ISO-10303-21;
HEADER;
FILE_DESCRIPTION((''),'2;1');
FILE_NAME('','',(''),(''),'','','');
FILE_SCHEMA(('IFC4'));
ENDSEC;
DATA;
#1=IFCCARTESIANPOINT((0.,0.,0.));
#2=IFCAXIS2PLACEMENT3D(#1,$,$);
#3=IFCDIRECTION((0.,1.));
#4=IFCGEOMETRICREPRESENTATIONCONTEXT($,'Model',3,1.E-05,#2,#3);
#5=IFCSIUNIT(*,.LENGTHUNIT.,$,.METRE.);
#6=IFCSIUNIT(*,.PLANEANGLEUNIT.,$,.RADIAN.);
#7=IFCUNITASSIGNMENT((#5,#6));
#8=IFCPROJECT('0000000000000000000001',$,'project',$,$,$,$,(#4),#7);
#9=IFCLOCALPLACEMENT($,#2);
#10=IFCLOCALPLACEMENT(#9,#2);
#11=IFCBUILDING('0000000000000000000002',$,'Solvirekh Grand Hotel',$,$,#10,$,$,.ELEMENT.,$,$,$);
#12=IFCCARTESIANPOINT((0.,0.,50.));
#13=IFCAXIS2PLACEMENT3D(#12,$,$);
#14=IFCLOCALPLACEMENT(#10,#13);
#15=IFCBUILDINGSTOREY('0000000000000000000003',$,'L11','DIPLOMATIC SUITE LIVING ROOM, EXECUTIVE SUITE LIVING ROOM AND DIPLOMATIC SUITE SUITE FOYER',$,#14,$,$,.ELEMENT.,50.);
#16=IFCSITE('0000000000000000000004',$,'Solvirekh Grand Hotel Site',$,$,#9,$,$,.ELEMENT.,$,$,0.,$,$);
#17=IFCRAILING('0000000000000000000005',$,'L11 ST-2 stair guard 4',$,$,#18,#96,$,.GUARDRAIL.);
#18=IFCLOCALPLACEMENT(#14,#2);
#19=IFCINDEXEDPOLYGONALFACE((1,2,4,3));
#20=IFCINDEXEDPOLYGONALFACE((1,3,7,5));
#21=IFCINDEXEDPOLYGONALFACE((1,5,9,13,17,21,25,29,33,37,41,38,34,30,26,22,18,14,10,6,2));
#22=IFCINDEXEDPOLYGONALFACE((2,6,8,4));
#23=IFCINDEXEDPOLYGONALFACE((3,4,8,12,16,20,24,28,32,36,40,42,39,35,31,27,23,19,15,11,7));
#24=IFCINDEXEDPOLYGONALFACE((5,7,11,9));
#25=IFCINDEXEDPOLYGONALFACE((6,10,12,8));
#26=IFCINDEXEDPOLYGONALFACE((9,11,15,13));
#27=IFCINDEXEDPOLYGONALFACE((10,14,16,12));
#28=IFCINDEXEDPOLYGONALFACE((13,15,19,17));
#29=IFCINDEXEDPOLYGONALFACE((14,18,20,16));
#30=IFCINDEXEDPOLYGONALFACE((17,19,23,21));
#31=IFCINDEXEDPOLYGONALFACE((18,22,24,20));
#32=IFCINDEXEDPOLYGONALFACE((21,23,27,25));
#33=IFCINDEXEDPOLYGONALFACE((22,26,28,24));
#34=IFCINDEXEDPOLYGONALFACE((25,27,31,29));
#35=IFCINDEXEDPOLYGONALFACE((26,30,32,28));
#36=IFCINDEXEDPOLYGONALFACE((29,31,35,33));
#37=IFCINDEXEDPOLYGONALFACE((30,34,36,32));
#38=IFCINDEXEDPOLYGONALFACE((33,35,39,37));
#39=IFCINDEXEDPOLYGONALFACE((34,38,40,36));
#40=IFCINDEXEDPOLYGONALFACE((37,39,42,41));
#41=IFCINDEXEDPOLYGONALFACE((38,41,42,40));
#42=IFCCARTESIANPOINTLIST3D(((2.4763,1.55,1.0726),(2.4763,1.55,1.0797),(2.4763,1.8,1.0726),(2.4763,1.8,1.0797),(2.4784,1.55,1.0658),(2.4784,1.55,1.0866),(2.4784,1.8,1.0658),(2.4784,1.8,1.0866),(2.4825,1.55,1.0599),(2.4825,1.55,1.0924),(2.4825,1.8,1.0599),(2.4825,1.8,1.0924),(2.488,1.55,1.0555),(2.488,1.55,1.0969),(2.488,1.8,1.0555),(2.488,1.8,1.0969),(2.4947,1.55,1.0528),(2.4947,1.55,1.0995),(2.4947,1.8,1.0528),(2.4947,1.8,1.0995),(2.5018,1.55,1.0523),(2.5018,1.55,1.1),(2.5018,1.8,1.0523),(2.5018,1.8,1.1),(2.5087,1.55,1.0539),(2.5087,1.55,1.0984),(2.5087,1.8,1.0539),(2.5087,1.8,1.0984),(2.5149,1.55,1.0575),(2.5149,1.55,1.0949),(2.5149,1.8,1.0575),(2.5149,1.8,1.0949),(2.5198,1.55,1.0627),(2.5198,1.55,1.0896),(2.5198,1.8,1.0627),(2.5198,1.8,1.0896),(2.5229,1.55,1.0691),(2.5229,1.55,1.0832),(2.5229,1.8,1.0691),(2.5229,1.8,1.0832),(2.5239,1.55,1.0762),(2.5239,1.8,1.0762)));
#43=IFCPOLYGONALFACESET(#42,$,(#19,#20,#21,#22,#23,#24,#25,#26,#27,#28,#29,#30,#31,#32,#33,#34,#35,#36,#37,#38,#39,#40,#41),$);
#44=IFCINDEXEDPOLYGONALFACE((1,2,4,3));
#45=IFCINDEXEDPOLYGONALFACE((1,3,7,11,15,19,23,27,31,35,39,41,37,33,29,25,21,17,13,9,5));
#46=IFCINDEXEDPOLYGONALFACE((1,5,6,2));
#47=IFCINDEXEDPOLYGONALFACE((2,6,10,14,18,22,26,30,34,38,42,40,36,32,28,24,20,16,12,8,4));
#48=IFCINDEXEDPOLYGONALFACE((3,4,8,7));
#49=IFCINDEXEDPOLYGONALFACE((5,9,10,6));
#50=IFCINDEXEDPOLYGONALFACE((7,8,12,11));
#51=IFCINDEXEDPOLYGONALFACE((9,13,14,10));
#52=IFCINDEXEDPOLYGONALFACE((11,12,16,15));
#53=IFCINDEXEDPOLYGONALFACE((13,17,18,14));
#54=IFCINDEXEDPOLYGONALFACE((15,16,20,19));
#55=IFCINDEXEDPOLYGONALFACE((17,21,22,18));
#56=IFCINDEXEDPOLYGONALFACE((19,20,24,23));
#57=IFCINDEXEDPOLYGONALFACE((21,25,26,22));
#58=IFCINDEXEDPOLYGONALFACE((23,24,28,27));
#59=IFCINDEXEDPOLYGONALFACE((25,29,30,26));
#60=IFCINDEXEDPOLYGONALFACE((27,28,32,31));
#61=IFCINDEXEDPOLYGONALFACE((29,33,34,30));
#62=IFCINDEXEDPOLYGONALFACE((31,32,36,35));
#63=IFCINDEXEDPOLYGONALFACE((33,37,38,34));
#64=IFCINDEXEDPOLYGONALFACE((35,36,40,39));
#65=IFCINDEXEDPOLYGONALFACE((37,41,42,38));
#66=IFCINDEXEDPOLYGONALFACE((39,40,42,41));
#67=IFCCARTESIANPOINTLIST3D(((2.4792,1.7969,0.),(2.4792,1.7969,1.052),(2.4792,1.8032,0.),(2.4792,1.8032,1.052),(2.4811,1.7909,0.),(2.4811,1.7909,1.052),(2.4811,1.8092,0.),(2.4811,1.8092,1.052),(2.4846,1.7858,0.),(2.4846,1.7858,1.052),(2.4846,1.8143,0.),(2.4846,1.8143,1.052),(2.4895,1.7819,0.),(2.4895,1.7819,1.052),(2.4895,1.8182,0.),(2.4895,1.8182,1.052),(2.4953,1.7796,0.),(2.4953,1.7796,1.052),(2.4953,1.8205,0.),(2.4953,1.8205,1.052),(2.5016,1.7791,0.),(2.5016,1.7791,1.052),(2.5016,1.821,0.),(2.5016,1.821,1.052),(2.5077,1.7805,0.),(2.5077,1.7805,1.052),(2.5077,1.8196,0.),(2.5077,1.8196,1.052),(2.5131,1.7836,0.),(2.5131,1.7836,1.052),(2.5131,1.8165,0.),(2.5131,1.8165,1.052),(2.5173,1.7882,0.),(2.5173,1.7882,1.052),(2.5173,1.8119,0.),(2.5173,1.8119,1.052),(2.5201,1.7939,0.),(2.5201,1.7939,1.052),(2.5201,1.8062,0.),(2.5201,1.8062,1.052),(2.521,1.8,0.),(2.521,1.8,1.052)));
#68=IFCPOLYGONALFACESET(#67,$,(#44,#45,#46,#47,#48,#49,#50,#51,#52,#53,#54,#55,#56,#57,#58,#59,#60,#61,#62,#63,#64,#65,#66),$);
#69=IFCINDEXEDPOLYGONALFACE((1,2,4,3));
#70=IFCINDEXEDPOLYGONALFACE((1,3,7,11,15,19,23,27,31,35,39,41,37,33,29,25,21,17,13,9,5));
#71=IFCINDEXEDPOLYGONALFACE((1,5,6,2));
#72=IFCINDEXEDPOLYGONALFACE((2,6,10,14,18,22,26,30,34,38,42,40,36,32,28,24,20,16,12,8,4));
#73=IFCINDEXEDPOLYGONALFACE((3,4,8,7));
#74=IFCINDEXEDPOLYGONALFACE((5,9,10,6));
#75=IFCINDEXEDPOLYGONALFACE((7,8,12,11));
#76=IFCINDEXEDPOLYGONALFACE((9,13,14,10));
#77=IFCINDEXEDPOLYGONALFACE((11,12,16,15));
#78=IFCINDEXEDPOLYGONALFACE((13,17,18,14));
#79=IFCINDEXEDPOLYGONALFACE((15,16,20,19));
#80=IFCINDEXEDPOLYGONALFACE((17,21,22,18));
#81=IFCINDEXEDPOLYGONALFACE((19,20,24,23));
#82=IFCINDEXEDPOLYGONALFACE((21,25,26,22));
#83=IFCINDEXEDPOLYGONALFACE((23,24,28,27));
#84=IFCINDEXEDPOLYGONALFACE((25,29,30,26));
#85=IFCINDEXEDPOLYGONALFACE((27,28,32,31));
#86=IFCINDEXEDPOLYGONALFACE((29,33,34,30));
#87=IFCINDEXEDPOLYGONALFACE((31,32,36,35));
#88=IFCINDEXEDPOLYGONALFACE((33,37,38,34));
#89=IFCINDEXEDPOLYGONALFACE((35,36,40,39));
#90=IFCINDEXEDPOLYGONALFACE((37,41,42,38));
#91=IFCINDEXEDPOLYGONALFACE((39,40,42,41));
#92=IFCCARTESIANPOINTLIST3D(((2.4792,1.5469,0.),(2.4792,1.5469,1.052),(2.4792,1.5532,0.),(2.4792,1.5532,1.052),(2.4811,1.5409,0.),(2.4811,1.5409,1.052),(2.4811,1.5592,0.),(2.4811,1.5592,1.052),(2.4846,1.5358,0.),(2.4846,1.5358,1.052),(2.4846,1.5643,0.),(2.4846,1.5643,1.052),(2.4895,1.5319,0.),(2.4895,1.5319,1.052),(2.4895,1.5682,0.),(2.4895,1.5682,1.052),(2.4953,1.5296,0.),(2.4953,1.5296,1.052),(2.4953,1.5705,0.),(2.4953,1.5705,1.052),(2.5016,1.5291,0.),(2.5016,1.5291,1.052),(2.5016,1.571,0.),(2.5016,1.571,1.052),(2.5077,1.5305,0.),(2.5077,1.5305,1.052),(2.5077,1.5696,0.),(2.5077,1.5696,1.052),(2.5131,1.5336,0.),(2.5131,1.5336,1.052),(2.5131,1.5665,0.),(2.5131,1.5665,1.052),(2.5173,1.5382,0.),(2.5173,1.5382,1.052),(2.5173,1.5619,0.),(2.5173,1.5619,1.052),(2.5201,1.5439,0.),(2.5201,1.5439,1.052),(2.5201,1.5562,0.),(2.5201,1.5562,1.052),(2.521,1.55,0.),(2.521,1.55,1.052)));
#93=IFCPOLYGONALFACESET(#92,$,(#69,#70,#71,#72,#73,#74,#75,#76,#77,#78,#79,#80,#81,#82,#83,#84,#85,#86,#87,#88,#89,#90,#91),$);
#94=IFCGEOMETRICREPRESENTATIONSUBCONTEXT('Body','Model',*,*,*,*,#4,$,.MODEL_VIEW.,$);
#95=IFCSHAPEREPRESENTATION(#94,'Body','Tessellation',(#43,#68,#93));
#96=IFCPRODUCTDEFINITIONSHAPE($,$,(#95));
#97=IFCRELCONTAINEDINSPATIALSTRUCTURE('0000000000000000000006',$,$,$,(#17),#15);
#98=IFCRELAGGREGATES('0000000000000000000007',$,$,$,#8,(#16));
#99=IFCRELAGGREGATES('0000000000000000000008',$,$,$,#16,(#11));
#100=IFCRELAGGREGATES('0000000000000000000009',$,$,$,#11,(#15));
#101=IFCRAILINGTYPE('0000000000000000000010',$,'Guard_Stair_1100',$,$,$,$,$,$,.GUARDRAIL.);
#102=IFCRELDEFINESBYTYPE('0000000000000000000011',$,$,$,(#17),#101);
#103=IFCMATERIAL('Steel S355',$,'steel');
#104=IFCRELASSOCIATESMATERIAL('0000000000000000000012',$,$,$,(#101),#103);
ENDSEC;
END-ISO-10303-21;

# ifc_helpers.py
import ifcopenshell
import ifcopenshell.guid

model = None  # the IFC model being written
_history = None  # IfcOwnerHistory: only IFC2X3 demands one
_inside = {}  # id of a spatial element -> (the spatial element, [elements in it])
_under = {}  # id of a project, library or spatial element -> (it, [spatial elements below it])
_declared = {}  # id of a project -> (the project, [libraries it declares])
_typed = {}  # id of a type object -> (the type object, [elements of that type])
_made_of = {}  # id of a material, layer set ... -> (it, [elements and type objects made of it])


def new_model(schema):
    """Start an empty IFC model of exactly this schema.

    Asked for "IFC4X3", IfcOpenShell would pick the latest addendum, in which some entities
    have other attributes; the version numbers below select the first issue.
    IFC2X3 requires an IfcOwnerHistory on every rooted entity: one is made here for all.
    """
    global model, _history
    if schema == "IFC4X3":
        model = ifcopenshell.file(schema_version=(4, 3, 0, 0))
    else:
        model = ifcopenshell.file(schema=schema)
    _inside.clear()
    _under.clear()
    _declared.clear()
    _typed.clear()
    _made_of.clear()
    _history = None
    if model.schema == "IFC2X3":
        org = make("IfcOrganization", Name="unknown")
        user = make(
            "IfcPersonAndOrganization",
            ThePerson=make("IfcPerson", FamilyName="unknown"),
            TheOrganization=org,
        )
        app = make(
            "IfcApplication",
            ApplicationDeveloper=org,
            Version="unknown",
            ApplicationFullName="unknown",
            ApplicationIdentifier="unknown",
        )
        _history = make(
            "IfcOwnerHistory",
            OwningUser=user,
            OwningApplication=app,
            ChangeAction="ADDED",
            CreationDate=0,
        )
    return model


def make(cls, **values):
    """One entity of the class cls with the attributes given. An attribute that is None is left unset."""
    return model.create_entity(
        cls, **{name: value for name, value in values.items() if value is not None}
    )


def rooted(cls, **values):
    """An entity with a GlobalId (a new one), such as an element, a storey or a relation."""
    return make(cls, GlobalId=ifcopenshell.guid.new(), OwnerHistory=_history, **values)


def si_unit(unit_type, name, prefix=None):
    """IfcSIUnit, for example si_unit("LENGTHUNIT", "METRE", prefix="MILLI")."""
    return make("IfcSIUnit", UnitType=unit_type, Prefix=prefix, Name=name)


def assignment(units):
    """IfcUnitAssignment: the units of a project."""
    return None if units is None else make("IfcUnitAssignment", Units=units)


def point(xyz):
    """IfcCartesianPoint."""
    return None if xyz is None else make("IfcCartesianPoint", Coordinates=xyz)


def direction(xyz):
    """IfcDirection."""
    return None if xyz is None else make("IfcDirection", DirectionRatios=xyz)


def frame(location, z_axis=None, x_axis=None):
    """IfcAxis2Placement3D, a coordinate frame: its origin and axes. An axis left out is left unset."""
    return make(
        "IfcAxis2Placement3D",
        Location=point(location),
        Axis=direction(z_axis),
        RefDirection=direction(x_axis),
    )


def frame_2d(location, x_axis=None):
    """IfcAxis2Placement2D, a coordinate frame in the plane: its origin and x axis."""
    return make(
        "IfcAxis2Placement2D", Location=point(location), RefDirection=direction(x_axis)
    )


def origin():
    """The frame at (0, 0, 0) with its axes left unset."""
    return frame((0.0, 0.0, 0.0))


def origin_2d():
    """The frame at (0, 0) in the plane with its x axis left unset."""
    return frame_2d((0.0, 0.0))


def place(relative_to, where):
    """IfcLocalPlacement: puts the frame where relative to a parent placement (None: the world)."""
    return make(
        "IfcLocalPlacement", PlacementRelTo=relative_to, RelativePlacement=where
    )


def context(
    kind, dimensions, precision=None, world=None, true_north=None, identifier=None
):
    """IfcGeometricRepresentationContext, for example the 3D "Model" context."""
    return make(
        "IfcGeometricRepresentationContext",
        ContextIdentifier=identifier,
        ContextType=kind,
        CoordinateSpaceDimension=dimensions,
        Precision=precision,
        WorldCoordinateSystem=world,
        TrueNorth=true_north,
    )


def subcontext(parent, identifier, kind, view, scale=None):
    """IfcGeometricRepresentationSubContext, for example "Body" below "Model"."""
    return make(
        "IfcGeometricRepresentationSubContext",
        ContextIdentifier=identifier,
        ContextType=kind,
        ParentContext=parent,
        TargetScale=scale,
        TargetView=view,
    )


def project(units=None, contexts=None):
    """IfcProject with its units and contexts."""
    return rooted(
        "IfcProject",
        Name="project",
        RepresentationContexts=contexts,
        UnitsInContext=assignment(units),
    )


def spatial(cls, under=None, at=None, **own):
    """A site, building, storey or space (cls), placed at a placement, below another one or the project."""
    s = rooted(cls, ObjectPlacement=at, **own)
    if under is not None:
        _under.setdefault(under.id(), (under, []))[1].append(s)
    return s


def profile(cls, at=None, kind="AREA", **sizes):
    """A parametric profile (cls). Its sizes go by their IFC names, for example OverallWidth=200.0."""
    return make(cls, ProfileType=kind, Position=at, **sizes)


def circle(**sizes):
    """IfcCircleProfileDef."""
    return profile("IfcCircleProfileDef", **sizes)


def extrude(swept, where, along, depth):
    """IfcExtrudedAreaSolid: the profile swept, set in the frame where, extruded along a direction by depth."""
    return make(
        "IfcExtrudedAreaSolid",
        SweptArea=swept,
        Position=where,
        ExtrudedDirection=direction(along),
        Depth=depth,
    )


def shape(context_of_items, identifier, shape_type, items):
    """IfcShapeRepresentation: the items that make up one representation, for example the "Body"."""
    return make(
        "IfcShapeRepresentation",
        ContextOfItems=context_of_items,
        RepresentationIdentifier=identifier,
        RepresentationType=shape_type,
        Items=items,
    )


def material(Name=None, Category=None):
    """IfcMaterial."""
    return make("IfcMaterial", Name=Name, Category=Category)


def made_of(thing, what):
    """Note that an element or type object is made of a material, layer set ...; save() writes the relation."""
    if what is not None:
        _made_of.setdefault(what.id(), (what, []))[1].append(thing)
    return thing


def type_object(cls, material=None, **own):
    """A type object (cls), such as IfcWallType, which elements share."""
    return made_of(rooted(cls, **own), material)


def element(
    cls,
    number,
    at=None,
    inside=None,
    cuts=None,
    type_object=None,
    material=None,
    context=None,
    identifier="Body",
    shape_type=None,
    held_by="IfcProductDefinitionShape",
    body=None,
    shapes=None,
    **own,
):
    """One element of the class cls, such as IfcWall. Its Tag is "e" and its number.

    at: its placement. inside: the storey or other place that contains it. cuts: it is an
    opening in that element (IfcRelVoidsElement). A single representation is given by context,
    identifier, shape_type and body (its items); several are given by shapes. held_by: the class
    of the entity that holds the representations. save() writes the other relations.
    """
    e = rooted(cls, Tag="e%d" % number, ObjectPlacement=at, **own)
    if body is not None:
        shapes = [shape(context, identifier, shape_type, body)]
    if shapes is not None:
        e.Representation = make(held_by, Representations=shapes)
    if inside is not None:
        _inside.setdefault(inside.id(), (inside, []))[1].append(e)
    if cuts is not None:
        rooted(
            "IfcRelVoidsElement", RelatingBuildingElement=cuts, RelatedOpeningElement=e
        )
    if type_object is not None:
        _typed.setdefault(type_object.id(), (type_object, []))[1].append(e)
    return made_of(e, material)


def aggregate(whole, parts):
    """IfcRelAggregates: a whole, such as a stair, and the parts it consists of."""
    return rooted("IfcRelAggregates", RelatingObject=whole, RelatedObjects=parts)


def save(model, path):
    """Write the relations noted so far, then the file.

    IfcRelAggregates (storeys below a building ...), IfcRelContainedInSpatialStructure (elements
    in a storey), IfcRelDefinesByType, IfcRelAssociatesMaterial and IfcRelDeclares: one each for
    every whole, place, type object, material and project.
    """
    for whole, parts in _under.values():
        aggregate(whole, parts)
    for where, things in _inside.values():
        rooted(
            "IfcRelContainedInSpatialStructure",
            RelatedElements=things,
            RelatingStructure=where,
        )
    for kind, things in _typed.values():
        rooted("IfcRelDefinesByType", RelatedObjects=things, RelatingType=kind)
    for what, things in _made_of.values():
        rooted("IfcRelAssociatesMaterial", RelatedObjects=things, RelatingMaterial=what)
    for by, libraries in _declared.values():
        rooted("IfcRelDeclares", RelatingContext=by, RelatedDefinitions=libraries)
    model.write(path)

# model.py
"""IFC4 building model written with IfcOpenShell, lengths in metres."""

from ifc_helpers import new_model, si_unit, direction, frame, origin, origin_2d, place, context, subcontext, project, spatial, circle, extrude, material, type_object, element, save


model = new_model("IFC4")

# Units and contexts
model_context = context("Model", 3, precision=1e-05, world=origin(), true_north=direction((0.0, 1.0)))
body_context = subcontext(model_context, "Body", "Model", "MODEL_VIEW")
ifc_project = project(units=[si_unit("LENGTHUNIT", "METRE"), si_unit("PLANEANGLEUNIT", "RADIAN")], contexts=[model_context])

# Site, building, storey
site_placement = place(None, origin())
site = spatial("IfcSite", under=ifc_project, at=site_placement, Name="Solvirekh Grand Hotel Site", CompositionType="ELEMENT", RefElevation=0.0)
building_placement = place(site_placement, origin())
building = spatial("IfcBuilding", under=site, at=building_placement, Name="Solvirekh Grand Hotel", CompositionType="ELEMENT")
storey_placement = place(building_placement, frame((0.0, 0.0, 50.0)))
storey = spatial("IfcBuildingStorey", under=building, at=storey_placement, Name="L11", Description="DIPLOMATIC SUITE LIVING ROOM, EXECUTIVE SUITE LIVING ROOM AND DIPLOMATIC SUITE SUITE FOYER", CompositionType="ELEMENT", Elevation=50.0)

# Shared definitions
ifc_material_1 = material(Name="Steel S355", Category="steel")

# Railing
railing_type_1 = type_object("IfcRailingType", Name="Guard_Stair_1100", PredefinedType="GUARDRAIL", material=ifc_material_1)
railing_1_placement = place(storey_placement, frame((2.5, 1.8, 0.0)))
element("IfcRailing", 1, at=railing_1_placement, inside=storey, type_object=railing_type_1, Name="L11 ST-2 stair guard 4", PredefinedType="GUARDRAIL", context=body_context, shape_type="SweptSolid", body=[
    extrude(circle(Radius=0.0239, at=origin_2d()), frame((0.0, 0.0, 1.0762), z_axis=(0.0, -1.0, 0.0), x_axis=(1.0, 0.0, 0.0)), (0.0, 0.0, 1.0), 0.25),
    extrude(circle(Radius=0.021, at=origin_2d()), origin(), (0.0, 0.0, 1.0), 1.052),
    extrude(circle(Radius=0.021, at=origin_2d()), frame((0.0, -0.25, 0.0)), (0.0, 0.0, 1.0), 1.052),
])

save(model, "model.ifc")
